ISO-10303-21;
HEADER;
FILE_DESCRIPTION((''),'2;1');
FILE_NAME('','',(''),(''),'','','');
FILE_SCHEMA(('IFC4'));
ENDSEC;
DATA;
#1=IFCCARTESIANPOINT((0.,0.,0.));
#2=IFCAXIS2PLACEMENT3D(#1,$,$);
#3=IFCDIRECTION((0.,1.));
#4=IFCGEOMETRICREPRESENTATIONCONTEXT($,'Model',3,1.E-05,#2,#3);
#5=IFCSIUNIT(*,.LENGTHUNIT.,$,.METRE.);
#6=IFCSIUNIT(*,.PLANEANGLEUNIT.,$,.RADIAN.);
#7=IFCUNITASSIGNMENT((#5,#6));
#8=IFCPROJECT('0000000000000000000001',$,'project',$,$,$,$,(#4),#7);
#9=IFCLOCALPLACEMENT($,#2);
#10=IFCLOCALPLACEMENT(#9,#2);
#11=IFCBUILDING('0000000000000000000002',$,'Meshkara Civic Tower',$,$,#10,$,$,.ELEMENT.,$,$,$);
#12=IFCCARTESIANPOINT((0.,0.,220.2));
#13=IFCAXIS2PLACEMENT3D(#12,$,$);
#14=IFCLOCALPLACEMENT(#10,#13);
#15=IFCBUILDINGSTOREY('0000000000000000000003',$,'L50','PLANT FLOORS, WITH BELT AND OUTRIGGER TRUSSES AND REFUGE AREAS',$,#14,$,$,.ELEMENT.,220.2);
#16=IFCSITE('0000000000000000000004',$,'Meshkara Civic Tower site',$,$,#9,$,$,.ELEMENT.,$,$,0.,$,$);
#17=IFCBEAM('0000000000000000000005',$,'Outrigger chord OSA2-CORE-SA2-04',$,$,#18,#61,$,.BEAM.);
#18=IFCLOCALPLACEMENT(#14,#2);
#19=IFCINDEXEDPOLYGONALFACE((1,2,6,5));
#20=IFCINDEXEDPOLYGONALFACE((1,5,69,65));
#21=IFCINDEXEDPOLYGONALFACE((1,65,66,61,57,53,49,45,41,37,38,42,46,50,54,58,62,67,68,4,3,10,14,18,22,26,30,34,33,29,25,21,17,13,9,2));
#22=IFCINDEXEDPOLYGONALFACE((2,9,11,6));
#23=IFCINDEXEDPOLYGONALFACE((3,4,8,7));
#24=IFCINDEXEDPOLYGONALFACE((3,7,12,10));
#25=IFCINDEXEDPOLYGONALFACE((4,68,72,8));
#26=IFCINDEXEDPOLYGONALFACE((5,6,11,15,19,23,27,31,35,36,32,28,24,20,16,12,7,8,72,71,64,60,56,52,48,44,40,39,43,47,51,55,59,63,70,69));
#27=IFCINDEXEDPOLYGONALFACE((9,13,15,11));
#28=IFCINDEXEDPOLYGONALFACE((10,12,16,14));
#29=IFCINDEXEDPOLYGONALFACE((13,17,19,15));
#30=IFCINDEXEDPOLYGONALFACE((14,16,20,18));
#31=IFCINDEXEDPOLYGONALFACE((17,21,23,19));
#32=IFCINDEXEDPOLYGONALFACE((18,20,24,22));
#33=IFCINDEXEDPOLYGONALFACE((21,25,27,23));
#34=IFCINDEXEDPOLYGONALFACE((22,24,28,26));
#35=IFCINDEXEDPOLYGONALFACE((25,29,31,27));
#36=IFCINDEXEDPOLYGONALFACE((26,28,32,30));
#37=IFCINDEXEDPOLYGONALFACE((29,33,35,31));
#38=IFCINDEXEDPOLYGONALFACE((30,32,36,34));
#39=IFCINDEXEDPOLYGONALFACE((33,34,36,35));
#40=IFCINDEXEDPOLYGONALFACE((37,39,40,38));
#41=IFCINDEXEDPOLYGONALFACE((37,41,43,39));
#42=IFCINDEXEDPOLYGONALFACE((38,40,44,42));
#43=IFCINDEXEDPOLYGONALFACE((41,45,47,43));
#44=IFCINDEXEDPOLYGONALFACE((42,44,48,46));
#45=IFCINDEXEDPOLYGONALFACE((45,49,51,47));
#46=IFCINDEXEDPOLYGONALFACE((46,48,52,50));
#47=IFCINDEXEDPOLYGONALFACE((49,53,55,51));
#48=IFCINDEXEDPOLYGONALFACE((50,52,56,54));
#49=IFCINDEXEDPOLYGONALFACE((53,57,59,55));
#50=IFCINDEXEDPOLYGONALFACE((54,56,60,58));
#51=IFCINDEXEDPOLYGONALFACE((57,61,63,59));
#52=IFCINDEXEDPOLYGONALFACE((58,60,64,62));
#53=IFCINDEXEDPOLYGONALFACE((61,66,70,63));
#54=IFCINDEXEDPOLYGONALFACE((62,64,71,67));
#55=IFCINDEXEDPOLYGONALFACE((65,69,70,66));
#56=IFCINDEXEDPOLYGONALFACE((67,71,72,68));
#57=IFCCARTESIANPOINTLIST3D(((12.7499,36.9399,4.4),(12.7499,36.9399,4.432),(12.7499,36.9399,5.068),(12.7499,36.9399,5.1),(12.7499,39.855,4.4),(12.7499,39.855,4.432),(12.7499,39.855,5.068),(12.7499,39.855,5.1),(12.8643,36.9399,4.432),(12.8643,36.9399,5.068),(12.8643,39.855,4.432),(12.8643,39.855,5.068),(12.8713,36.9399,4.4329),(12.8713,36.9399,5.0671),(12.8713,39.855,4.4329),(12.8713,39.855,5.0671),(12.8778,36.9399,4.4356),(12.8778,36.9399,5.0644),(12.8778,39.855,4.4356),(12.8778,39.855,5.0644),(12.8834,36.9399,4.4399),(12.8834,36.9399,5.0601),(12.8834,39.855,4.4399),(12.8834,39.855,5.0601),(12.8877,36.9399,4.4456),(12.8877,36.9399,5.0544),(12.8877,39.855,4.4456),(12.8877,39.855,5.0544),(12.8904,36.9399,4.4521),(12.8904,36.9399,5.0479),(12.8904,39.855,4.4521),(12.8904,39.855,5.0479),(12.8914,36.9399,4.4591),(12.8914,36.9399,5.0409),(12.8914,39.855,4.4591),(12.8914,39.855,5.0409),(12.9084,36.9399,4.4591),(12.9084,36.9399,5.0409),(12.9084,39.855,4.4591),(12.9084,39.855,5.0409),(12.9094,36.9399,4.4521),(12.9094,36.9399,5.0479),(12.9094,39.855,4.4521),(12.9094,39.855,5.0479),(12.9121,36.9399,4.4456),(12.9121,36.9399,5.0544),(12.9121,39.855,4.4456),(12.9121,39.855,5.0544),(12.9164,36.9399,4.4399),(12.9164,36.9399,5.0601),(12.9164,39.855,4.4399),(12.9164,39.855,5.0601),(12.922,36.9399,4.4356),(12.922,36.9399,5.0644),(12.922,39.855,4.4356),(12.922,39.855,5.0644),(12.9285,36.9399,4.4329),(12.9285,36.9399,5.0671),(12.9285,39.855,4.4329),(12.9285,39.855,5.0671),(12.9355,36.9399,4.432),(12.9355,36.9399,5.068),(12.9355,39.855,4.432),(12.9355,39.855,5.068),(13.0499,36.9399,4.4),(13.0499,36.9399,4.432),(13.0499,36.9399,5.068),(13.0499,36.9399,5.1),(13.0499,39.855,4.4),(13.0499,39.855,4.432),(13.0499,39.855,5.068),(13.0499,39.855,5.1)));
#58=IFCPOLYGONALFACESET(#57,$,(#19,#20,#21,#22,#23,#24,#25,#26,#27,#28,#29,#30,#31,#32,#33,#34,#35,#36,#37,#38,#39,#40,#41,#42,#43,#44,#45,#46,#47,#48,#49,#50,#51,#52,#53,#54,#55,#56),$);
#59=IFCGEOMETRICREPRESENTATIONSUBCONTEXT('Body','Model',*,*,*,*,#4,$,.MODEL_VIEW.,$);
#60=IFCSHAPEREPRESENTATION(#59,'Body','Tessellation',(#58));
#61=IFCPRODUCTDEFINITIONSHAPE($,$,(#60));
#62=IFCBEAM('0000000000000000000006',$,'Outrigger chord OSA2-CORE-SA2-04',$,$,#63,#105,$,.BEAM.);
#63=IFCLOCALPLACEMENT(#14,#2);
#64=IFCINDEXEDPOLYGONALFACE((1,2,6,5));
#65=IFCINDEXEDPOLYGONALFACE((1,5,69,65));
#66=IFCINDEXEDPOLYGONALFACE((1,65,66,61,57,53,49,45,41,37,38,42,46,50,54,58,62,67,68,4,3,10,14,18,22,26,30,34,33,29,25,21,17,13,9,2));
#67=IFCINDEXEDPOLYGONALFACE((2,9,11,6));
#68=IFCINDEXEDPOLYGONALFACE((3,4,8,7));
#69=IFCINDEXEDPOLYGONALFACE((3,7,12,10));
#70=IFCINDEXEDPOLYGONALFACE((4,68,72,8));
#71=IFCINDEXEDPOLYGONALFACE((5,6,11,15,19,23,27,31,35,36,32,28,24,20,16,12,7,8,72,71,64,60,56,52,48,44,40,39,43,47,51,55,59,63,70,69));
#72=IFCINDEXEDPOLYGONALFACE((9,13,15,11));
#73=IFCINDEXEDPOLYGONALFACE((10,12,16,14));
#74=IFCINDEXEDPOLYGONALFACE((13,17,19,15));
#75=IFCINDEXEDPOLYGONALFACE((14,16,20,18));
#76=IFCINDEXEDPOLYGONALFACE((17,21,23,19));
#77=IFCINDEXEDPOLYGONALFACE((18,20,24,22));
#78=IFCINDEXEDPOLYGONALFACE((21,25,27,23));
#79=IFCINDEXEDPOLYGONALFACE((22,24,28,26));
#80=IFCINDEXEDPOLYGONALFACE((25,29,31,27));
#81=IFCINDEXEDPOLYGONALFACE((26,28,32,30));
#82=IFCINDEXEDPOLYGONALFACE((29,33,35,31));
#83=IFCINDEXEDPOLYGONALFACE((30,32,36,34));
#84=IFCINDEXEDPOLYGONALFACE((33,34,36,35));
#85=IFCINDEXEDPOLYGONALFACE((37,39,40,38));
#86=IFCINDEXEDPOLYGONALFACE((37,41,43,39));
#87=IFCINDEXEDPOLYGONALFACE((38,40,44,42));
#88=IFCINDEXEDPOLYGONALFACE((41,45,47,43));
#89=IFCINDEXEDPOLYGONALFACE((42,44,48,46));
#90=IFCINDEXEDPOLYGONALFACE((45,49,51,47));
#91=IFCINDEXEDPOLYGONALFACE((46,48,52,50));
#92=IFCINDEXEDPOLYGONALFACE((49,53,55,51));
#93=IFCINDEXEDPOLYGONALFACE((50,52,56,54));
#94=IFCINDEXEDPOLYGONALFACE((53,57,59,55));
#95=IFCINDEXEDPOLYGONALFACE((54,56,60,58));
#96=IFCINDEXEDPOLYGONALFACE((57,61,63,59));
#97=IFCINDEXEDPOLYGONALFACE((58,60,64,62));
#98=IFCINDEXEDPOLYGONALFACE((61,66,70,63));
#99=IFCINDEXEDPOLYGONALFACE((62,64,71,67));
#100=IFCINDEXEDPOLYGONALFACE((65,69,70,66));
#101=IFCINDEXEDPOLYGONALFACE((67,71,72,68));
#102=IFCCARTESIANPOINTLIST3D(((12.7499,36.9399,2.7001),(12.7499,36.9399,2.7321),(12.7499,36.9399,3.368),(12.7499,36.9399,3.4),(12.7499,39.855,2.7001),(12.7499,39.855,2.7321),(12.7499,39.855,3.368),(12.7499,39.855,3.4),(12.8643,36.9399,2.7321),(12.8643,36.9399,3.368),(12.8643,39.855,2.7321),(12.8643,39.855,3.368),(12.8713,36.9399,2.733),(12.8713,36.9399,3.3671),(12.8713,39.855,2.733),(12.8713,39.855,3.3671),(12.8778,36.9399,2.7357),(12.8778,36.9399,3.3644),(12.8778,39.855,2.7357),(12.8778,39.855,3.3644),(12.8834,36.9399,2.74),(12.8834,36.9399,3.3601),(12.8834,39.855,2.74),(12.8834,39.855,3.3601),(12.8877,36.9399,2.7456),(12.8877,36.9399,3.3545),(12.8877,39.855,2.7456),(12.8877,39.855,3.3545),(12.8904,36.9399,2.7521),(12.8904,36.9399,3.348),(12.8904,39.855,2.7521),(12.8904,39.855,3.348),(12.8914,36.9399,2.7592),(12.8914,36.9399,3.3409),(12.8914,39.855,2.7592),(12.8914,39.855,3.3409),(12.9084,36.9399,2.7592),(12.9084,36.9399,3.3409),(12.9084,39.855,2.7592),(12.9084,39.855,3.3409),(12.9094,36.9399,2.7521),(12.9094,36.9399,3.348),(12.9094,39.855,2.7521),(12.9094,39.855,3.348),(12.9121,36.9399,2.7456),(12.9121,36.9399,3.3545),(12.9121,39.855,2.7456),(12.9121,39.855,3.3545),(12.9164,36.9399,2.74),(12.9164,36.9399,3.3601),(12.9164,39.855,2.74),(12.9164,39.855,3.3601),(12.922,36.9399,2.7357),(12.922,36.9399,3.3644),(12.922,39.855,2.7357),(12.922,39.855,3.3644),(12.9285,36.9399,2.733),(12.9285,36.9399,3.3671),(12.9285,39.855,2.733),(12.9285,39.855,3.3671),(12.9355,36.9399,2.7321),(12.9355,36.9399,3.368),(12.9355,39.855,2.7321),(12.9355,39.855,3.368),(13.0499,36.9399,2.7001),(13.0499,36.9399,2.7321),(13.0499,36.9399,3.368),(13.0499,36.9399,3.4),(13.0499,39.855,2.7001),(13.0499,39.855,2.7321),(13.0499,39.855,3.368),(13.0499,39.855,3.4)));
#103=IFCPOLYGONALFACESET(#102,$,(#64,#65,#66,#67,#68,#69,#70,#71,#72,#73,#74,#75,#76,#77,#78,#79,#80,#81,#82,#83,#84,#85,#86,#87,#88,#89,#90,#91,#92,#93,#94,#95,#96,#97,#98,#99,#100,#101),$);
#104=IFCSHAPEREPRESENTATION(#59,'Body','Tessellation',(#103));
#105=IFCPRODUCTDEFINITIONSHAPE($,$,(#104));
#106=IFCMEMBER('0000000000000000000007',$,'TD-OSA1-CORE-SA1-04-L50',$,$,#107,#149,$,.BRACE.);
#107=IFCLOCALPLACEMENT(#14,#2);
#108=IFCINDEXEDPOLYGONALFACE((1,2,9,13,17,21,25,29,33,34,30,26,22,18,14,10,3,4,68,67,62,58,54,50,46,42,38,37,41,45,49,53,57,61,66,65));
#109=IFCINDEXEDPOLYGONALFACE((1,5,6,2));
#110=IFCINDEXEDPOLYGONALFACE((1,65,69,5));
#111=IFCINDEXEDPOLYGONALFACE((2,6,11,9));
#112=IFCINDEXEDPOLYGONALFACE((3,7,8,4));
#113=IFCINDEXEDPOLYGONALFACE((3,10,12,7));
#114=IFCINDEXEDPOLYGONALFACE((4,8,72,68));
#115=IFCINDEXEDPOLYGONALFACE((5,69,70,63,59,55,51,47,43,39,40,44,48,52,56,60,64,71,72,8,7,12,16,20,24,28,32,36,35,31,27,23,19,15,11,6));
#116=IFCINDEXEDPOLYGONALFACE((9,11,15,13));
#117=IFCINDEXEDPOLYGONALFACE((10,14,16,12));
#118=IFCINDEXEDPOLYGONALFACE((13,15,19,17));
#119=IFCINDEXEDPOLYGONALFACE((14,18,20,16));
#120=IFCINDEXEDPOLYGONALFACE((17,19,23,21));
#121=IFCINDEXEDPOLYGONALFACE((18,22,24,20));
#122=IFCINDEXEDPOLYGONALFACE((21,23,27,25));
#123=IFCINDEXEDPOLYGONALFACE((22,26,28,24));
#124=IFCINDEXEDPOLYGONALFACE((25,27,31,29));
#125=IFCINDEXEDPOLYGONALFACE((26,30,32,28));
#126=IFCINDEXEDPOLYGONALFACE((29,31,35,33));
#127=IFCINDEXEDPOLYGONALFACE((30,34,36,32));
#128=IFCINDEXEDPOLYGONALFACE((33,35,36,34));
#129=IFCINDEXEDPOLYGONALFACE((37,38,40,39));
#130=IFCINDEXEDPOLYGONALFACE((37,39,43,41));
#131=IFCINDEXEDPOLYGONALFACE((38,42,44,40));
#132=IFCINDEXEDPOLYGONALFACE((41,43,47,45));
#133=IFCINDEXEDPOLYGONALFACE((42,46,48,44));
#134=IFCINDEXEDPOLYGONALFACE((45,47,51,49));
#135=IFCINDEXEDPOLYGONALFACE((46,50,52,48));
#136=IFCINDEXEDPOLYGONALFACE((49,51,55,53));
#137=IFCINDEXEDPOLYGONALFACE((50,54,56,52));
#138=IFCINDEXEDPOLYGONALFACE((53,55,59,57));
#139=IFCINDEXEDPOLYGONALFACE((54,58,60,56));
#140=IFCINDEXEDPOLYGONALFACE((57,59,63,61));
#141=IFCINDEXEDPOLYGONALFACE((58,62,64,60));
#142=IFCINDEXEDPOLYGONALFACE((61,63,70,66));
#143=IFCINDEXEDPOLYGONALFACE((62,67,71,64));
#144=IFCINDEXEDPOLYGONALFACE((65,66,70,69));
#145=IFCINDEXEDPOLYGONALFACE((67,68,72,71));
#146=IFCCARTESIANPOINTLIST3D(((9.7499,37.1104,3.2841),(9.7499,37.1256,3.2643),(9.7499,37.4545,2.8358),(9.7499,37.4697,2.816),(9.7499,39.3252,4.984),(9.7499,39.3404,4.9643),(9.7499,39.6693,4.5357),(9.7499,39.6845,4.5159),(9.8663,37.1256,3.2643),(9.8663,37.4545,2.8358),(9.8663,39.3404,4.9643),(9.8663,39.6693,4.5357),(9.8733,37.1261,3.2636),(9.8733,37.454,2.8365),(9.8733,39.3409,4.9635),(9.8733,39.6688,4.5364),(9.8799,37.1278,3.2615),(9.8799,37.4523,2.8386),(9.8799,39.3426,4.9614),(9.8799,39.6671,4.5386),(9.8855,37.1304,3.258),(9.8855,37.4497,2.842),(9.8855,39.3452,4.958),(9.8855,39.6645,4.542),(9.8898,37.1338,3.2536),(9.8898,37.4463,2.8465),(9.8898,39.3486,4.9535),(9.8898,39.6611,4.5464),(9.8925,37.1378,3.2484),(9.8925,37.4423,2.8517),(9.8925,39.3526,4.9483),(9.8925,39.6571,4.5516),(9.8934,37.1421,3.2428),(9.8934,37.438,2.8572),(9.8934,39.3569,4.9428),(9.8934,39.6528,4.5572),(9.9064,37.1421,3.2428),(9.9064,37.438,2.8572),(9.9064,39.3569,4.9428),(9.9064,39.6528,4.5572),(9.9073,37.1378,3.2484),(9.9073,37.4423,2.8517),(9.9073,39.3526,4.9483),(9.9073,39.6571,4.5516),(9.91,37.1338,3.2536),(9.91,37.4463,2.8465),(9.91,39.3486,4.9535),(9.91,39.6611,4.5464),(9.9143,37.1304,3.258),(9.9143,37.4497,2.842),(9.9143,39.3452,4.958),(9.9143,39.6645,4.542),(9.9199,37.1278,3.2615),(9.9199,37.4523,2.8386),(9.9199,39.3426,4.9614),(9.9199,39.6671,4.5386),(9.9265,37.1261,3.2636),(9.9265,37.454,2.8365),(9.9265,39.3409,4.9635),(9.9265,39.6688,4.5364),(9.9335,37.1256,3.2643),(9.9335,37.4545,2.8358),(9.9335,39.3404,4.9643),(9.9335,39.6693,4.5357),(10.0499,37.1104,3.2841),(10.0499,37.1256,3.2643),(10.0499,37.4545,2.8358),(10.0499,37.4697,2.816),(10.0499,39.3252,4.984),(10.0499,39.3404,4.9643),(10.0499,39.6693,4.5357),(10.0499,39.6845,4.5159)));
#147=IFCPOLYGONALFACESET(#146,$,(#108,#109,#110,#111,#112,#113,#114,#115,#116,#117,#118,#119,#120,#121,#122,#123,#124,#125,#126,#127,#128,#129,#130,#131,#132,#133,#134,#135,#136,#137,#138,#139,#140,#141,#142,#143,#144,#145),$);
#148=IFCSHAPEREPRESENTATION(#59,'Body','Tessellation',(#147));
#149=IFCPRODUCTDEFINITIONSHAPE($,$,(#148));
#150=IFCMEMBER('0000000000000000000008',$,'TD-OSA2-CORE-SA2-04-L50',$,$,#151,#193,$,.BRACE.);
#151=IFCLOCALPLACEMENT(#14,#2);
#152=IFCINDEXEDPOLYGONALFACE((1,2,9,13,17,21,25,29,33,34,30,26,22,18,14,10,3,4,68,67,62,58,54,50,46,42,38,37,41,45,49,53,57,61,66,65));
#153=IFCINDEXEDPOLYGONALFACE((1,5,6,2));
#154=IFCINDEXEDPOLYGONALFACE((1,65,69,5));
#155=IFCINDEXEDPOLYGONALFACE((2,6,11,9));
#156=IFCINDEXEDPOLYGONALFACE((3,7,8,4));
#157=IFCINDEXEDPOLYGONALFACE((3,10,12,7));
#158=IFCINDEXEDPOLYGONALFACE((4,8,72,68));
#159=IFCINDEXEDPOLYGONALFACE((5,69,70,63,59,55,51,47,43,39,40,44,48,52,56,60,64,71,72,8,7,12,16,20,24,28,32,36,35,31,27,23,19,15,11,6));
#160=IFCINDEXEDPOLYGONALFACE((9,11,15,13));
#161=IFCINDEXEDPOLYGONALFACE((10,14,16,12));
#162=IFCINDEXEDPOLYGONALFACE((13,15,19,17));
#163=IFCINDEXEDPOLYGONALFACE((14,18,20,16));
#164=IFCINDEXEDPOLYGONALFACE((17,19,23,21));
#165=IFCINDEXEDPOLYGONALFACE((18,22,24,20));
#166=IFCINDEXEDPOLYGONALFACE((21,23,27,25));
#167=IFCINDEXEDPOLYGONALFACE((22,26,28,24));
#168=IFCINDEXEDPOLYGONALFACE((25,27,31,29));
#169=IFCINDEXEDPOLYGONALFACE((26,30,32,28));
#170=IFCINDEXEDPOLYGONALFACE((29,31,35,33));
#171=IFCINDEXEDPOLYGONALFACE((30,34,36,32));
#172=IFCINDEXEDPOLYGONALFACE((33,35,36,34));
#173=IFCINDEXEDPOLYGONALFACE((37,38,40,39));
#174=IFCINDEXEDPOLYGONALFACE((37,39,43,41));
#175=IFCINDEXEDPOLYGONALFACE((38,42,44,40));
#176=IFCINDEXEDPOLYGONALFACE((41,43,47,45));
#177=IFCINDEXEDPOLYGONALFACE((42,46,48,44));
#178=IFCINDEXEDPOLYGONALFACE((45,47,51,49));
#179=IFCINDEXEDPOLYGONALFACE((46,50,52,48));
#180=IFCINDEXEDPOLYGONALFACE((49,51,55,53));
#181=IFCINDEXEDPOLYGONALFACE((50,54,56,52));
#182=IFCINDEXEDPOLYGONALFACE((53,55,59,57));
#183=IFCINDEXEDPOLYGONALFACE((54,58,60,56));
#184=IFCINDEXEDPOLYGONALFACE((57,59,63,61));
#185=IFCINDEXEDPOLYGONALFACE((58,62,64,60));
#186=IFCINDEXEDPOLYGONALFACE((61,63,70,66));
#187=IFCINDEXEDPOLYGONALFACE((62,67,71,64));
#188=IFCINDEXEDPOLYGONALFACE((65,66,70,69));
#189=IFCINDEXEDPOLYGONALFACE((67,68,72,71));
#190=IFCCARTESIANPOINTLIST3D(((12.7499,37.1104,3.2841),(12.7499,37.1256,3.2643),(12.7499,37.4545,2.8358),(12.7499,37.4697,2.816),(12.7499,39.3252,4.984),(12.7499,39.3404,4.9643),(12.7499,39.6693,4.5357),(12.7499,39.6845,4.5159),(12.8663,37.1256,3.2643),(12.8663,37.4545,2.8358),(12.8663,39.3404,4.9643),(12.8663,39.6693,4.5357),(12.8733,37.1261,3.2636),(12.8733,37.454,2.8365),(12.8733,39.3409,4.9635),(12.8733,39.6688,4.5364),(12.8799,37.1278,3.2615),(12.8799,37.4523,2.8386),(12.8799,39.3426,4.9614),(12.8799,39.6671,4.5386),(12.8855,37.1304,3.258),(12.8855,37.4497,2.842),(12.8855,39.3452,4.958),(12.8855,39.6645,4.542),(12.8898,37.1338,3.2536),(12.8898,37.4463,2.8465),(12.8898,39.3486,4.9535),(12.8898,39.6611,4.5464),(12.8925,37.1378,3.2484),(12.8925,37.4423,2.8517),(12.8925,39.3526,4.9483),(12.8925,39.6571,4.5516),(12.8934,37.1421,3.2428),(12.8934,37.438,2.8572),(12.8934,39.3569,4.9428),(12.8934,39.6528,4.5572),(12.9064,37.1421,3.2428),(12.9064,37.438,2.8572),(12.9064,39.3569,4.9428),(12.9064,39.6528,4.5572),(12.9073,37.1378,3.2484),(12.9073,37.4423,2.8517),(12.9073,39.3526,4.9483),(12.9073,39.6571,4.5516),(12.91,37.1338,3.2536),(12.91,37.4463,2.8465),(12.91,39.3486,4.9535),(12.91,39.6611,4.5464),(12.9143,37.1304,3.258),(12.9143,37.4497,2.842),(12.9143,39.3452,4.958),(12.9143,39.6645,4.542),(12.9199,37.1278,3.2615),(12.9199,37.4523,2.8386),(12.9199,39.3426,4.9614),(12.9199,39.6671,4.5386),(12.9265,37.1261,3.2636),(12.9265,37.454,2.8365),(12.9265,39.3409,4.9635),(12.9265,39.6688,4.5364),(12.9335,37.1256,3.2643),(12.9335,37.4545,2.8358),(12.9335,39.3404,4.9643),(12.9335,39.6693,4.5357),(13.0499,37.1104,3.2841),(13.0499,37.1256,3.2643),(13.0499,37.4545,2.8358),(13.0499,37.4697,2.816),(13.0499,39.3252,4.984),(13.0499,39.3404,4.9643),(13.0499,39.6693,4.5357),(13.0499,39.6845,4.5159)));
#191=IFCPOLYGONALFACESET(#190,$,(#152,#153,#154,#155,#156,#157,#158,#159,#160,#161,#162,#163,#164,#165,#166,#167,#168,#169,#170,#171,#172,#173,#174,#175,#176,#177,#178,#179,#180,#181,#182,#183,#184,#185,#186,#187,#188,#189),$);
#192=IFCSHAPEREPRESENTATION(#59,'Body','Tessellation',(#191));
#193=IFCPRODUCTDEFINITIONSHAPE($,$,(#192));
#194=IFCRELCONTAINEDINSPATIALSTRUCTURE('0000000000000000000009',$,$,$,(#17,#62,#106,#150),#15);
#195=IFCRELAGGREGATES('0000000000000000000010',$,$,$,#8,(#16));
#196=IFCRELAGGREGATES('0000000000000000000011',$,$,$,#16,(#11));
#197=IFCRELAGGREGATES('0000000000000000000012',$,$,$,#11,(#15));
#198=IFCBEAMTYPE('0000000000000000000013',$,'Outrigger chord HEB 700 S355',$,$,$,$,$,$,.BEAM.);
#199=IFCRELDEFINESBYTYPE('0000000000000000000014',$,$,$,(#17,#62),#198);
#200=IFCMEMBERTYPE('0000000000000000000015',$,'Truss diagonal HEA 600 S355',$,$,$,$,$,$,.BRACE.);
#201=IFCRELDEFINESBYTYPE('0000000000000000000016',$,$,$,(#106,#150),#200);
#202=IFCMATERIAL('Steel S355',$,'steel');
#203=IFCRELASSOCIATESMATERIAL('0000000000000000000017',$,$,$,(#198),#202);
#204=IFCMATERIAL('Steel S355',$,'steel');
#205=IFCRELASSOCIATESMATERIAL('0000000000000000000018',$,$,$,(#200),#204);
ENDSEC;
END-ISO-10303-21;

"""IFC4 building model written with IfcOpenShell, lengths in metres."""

from ifc_helpers import new_model, si_unit, direction, frame, origin, origin_2d, place, context, subcontext, project, spatial, i_section, extrude, material, material_profile, profile_set, type_object, element, save


model = new_model("IFC4")

# Units and contexts
model_context = context("Model", 3, precision=1e-05, world=origin(), true_north=direction((0.0, 1.0)))
body_context = subcontext(model_context, "Body", "Model", "MODEL_VIEW")
ifc_project = project(units=[si_unit("LENGTHUNIT", "METRE"), si_unit("PLANEANGLEUNIT", "RADIAN")], contexts=[model_context])

# Site, building, storey
site_placement = place(None, origin())
site = spatial("IfcSite", under=ifc_project, at=site_placement, Name="Meshkara Civic Tower site", CompositionType="ELEMENT", RefElevation=0.0)
building_placement = place(site_placement, origin())
building = spatial("IfcBuilding", under=site, at=building_placement, Name="Meshkara Civic Tower", CompositionType="ELEMENT")
storey_placement = place(building_placement, frame((0.0, 0.0, 220.2)))
storey = spatial("IfcBuildingStorey", under=building, at=storey_placement, Name="L50", Description="PLANT FLOORS, WITH BELT AND OUTRIGGER TRUSSES AND REFUGE AREAS", CompositionType="ELEMENT", Elevation=220.2)

# Beams
ifc_material_1 = material(Name="Steel S355", Category="steel")
ifc_material_profile_1 = material_profile(ifc_material_1, i_section(OverallWidth=0.3, OverallDepth=0.7, WebThickness=0.0171, FlangeThickness=0.032, FilletRadius=0.0271, at=origin_2d()))
ifc_profile_set_1 = profile_set([ifc_material_profile_1], Name="Steel S355")
beam_type_1 = type_object("IfcBeamType", Name="Outrigger chord HEB 700 S355", PredefinedType="BEAM", material=ifc_profile_set_1)
for number, where, z_axis, x_axis, name in (
    (1, (12.8999, 36.9399, 4.75), (0.0, 1.0, 0.0), (-1.0, 0.0, 0.0), "Outrigger chord OSA2-CORE-SA2-04"),
    (2, (12.8999, 36.9399, 3.05), (0.0, 1.0, 0.0), (-1.0, 0.0, 0.0), "Outrigger chord OSA2-CORE-SA2-04"),
):
    element("IfcBeam", number, at=place(storey_placement, frame(where, z_axis=z_axis, x_axis=x_axis)), inside=storey, type_object=beam_type_1, Name=name, PredefinedType="BEAM", context=body_context, shape_type="SweptSolid", body=[
        extrude(i_section(OverallWidth=0.3, OverallDepth=0.7, WebThickness=0.0171, FlangeThickness=0.032, FilletRadius=0.0271, at=origin_2d()), origin(), (0.0, 0.0, 1.0), 2.915),
    ])

# Members
ifc_material_2 = material(Name="Steel S355", Category="steel")
ifc_material_profile_2 = material_profile(ifc_material_2, i_section(OverallWidth=0.3, OverallDepth=0.5901, WebThickness=0.0129, FlangeThickness=0.0249, FilletRadius=0.0271, at=origin_2d()))
ifc_profile_set_2 = profile_set([ifc_material_profile_2], Name="Steel S355")
member_type_1 = type_object("IfcMemberType", Name="Truss diagonal HEA 600 S355", PredefinedType="BRACE", material=ifc_profile_set_2)
for number, where, z_axis, x_axis, name in (
    (3, (9.8999, 37.29, 3.05), (0.0, 0.793277, 0.608861), (-1.0, 0.0, 0.0), "TD-OSA1-CORE-SA1-04-L50"),
    (4, (12.8999, 37.29, 3.05), (0.0, 0.793277, 0.608861), (-1.0, 0.0, 0.0), "TD-OSA2-CORE-SA2-04-L50"),
):
    element("IfcMember", number, at=place(storey_placement, frame(where, z_axis=z_axis, x_axis=x_axis)), inside=storey, type_object=member_type_1, Name=name, PredefinedType="BRACE", context=body_context, shape_type="SweptSolid", body=[
        extrude(i_section(OverallWidth=0.3, OverallDepth=0.5901, WebThickness=0.0129, FlangeThickness=0.0249, FilletRadius=0.0271, at=origin_2d()), origin(), (0.0, 0.0, 1.0), 2.792),
    ])

save(model, "model.ifc")
